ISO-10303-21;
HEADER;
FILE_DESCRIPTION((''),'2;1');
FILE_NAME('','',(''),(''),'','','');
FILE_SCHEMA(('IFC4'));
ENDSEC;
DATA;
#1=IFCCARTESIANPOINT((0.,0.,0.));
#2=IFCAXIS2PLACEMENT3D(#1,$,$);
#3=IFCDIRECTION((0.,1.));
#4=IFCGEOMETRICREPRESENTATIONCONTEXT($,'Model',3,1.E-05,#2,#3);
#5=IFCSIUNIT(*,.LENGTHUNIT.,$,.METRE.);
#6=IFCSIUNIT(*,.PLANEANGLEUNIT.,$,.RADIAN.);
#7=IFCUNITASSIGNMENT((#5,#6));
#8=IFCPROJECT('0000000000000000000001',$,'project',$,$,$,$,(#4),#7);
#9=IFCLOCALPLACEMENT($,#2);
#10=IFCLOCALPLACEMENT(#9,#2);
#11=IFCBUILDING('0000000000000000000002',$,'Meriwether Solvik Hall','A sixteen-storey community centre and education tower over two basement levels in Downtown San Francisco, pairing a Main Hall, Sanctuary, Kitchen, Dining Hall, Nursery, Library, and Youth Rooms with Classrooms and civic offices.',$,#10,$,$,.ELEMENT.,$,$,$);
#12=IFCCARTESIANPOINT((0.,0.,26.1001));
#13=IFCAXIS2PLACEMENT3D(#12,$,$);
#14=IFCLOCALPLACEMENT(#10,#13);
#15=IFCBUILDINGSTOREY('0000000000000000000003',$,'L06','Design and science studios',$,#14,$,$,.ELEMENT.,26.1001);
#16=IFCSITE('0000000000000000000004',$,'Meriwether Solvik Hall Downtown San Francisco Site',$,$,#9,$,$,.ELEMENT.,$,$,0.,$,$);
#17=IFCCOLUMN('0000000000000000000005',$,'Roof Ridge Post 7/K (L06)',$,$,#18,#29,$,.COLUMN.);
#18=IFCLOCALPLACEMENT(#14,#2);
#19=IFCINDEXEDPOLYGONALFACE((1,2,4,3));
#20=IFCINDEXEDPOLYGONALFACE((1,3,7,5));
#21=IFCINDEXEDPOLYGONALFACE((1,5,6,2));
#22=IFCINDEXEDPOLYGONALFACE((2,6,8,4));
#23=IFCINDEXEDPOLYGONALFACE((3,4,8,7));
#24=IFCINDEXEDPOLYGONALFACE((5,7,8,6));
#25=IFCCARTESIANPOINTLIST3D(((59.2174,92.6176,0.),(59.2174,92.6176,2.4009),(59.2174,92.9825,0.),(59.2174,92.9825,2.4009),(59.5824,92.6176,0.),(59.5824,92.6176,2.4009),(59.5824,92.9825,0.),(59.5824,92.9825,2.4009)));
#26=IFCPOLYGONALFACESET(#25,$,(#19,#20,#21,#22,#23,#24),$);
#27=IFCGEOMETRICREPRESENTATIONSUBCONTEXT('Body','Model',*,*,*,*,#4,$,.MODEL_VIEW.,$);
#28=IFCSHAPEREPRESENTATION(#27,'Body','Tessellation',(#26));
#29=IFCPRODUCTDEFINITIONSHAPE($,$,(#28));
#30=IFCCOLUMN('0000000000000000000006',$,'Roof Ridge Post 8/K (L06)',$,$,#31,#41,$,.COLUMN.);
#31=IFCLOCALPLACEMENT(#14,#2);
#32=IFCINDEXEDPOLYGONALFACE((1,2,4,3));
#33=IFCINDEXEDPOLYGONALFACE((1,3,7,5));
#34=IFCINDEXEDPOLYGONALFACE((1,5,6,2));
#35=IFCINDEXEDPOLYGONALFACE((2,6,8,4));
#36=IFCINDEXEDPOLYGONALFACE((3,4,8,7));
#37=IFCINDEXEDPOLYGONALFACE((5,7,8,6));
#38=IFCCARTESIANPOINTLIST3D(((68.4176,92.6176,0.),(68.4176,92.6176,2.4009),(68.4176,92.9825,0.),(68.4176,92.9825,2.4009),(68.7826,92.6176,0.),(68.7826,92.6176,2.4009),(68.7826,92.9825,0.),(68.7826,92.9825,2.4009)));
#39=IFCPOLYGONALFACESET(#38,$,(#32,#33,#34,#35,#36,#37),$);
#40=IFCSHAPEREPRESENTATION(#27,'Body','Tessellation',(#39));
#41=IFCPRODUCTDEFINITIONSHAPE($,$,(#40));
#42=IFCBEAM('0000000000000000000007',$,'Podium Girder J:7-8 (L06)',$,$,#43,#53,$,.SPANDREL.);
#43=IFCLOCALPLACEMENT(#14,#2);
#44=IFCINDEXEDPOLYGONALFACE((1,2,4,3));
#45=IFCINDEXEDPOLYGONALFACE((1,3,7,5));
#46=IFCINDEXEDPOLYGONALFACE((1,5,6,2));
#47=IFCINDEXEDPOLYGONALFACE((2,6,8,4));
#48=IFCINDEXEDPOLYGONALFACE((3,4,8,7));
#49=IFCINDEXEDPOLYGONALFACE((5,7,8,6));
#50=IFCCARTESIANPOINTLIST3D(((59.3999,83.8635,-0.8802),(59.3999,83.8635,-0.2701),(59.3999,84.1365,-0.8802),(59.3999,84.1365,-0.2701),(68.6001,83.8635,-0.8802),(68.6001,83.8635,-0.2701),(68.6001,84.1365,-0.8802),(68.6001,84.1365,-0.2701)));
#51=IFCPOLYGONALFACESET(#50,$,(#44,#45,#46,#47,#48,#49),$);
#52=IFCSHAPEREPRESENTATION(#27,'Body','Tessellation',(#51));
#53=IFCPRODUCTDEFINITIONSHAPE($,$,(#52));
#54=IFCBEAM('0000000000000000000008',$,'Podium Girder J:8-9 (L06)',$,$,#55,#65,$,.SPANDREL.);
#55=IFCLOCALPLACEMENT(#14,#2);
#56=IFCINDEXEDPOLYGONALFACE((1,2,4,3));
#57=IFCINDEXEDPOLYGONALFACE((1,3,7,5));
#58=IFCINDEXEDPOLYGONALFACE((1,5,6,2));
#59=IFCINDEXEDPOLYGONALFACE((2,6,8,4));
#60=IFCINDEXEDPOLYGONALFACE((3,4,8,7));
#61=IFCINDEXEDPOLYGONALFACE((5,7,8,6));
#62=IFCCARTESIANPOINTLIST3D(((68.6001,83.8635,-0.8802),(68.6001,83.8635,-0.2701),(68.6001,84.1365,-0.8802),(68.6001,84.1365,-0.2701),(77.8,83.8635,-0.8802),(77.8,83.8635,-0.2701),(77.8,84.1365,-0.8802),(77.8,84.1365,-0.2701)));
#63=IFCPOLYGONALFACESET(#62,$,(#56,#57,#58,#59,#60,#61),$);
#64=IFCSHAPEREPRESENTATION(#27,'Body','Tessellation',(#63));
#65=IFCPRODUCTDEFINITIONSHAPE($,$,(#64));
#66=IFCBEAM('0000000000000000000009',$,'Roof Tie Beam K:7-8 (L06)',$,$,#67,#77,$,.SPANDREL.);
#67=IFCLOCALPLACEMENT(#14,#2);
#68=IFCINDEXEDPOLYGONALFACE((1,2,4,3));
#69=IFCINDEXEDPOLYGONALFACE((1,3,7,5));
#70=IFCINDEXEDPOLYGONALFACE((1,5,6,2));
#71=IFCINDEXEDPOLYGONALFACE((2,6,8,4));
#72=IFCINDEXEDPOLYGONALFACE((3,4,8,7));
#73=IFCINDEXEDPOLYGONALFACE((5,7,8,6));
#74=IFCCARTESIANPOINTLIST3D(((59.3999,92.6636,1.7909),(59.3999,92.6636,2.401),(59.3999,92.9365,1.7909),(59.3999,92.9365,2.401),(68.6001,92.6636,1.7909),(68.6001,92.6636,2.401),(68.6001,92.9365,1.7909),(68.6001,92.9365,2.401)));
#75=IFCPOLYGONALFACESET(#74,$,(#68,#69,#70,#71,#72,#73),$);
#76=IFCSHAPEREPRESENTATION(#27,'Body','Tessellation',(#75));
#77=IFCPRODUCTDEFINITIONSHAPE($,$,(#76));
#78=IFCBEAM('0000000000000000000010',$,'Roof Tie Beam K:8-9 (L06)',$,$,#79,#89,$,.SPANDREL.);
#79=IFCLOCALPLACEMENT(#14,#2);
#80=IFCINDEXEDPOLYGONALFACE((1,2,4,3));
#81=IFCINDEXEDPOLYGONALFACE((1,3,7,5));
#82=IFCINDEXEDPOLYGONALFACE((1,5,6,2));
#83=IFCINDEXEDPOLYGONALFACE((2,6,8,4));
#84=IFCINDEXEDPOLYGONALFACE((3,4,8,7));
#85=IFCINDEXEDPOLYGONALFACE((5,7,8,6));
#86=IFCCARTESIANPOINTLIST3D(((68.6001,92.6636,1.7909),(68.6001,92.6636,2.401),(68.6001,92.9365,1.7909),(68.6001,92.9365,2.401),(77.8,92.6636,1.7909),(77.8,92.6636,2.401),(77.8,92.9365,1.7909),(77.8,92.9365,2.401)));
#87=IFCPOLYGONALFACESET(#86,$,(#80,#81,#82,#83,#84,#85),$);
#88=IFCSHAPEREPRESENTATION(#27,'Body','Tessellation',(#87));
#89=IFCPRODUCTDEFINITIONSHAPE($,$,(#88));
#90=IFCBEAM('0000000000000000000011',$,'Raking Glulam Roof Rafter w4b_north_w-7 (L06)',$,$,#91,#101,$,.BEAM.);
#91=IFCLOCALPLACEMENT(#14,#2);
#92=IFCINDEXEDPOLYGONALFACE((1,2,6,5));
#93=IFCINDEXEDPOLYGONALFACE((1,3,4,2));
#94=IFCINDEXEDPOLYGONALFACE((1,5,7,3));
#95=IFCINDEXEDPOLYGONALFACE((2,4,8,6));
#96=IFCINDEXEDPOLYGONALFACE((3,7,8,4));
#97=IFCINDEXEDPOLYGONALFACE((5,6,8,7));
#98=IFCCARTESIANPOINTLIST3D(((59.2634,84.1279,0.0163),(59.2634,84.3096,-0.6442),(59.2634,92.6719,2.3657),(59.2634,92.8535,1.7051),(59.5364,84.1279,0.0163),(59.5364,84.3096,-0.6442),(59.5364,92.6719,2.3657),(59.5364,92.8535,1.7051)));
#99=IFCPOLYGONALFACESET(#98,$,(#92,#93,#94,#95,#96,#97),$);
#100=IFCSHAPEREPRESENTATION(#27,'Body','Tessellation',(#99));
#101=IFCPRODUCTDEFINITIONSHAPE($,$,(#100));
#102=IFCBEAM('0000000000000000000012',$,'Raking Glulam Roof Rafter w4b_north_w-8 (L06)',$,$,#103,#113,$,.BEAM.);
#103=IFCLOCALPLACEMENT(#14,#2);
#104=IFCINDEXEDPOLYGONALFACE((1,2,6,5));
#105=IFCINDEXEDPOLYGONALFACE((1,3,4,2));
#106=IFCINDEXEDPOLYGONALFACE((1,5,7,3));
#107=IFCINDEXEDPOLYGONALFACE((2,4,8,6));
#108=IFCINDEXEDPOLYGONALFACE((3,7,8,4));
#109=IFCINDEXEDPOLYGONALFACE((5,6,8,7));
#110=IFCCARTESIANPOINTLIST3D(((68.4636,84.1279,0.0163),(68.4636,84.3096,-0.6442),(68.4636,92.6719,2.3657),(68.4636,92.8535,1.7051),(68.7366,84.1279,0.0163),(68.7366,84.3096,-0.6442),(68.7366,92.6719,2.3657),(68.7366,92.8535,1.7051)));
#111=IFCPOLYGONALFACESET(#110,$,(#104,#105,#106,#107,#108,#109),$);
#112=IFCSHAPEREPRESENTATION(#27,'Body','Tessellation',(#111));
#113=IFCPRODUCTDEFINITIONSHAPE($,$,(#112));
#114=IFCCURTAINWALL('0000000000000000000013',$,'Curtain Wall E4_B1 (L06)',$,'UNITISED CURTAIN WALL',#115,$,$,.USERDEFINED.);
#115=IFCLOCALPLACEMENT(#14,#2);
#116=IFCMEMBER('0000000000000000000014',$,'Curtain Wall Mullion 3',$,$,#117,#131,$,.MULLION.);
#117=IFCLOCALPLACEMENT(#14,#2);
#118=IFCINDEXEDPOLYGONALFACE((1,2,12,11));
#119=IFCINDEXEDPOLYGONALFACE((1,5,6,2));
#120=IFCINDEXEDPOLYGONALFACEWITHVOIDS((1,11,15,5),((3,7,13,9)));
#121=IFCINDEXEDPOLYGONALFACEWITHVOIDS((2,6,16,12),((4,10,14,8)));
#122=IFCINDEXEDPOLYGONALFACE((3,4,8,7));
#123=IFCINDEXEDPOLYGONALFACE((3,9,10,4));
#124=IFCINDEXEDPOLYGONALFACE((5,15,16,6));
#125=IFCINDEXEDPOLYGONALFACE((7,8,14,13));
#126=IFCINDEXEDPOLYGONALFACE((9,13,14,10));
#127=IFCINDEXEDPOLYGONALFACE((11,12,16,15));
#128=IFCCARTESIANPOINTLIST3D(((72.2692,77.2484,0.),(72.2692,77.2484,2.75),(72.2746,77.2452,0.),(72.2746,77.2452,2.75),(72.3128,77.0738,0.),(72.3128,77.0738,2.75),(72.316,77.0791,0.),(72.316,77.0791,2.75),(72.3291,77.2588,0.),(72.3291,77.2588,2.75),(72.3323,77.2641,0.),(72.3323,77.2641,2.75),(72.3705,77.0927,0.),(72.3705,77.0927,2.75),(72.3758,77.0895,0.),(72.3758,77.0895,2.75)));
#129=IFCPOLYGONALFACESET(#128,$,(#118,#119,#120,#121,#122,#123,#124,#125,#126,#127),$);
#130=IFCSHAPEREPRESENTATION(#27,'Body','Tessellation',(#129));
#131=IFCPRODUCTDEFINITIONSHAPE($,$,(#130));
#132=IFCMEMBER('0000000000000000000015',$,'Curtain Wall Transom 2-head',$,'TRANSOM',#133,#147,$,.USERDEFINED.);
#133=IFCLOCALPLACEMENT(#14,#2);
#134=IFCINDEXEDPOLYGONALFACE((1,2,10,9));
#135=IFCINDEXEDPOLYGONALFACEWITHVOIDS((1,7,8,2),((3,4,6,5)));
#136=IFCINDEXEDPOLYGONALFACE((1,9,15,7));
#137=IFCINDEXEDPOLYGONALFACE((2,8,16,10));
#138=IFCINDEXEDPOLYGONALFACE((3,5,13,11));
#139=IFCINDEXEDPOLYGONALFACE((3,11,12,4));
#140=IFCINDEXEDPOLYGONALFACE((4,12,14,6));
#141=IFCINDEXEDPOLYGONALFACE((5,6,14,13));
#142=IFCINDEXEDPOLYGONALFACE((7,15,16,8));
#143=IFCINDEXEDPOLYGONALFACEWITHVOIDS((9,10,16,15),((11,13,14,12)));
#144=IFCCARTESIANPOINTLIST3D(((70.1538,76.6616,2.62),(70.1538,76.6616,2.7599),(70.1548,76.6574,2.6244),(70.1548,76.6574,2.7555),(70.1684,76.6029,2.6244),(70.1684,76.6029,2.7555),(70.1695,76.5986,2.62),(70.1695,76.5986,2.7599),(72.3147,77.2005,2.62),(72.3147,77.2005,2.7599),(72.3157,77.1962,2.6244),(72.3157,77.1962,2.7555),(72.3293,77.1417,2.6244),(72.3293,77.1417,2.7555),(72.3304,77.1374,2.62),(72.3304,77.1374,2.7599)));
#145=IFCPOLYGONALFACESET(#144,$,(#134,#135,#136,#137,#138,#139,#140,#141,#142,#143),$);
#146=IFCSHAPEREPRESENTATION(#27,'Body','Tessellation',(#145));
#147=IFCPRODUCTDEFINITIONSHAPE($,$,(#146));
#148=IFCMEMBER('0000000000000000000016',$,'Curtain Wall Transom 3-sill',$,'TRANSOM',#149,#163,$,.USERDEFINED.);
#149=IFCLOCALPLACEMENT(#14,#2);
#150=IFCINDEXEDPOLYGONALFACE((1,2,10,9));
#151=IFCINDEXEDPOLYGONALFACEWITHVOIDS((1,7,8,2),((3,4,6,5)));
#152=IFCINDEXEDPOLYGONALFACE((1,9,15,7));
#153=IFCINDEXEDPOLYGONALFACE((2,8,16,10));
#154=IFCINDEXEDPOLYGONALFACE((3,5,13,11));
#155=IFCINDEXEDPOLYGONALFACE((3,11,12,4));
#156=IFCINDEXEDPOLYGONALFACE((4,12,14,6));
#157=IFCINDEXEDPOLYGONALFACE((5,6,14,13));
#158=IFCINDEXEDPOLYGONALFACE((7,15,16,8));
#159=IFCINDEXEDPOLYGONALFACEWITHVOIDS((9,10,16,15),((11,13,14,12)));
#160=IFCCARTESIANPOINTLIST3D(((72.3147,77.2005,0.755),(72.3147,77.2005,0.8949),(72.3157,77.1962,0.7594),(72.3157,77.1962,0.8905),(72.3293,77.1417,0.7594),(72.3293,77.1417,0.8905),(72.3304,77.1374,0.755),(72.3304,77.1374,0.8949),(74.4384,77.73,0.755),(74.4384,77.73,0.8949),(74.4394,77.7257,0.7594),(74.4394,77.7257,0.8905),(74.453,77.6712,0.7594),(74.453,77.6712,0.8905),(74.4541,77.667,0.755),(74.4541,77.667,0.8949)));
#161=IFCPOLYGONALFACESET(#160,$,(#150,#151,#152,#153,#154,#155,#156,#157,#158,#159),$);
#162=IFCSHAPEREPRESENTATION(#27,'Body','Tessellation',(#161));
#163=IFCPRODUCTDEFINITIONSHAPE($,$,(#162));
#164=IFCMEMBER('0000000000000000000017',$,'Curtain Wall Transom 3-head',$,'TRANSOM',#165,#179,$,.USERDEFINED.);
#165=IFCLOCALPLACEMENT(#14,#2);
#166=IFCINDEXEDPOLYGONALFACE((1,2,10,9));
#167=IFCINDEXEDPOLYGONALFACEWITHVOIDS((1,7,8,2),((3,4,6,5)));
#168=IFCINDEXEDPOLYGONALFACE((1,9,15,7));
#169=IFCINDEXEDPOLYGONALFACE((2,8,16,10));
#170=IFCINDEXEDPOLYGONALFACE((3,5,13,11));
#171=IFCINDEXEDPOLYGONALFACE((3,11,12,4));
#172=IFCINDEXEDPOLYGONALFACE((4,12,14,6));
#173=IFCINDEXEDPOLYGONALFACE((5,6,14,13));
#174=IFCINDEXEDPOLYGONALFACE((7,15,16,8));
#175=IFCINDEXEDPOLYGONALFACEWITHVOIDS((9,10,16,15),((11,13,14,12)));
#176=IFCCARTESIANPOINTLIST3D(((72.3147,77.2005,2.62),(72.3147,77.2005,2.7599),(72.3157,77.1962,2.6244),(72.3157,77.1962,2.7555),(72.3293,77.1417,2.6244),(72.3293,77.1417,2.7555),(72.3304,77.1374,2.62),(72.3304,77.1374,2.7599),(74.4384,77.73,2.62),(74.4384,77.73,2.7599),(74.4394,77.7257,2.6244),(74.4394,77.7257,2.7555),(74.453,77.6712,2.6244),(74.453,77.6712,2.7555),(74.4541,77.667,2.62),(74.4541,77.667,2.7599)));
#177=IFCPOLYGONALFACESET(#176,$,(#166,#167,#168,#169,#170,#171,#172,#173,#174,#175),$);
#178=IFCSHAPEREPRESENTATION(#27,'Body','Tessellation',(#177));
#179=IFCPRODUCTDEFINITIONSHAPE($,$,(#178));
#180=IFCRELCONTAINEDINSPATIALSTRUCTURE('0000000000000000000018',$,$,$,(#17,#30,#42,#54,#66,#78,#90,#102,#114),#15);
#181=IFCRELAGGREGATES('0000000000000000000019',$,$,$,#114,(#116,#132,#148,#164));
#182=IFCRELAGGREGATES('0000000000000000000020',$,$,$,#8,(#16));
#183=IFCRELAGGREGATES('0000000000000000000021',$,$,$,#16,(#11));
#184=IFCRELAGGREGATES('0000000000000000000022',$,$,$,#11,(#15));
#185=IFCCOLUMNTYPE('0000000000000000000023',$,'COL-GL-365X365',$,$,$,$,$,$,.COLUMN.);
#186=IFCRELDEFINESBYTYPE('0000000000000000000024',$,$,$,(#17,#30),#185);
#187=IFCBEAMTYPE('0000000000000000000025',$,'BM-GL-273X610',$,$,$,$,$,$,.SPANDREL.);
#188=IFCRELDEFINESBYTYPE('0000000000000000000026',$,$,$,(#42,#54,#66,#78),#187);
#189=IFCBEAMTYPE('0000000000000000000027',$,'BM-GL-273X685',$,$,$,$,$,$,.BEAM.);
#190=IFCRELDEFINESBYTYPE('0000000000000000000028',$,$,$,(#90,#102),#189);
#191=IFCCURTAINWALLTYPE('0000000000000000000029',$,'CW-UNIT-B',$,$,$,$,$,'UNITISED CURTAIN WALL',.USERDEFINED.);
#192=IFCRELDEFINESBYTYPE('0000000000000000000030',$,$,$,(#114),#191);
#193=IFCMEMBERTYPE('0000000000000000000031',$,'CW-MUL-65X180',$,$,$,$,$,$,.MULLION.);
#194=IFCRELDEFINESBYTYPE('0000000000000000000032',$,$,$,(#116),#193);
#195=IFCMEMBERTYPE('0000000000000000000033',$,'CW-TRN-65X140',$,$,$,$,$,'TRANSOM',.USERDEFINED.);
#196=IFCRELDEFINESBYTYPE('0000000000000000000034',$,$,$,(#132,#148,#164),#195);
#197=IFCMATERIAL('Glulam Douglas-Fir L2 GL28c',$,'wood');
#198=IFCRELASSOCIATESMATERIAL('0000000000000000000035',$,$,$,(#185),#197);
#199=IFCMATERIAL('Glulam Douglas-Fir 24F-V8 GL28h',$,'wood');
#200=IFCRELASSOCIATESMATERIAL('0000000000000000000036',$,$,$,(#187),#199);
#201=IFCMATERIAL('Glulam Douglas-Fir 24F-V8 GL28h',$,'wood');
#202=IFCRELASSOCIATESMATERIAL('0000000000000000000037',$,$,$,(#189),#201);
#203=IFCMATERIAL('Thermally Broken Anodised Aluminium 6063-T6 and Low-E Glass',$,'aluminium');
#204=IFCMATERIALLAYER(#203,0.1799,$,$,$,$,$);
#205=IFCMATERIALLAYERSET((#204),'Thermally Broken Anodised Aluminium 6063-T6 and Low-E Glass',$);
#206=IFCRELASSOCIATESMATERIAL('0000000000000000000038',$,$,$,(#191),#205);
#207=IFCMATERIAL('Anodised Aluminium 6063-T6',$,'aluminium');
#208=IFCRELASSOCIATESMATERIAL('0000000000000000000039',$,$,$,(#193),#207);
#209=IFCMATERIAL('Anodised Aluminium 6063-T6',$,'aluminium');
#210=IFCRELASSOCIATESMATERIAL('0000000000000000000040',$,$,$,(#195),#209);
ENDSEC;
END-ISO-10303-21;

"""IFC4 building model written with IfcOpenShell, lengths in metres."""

from ifc_helpers import new_model, si_unit, direction, frame, origin, origin_2d, place, context, subcontext, project, spatial, rectangle, hollow_rectangle, extrude, material, layer, layer_set, material_profile, profile_set, type_object, element, aggregate, save


model = new_model("IFC4")

# Units and contexts
model_context = context("Model", 3, precision=1e-05, world=origin(), true_north=direction((0.0, 1.0)))
body_context = subcontext(model_context, "Body", "Model", "MODEL_VIEW")
ifc_project = project(units=[si_unit("LENGTHUNIT", "METRE"), si_unit("PLANEANGLEUNIT", "RADIAN")], contexts=[model_context])

# Site, building, storey
site_placement = place(None, origin())
site = spatial("IfcSite", under=ifc_project, at=site_placement, Name="Meriwether Solvik Hall Downtown San Francisco Site", CompositionType="ELEMENT", RefElevation=0.0)
building_placement = place(site_placement, origin())
building = spatial("IfcBuilding", under=site, at=building_placement, Name="Meriwether Solvik Hall", Description="A sixteen-storey community centre and education tower over two basement levels in Downtown San Francisco, pairing a Main Hall, Sanctuary, Kitchen, Dining Hall, Nursery, Library, and Youth Rooms with Classrooms and civic offices.", CompositionType="ELEMENT")
storey_placement = place(building_placement, frame((0.0, 0.0, 26.1001)))
storey = spatial("IfcBuildingStorey", under=building, at=storey_placement, Name="L06", Description="Design and science studios", CompositionType="ELEMENT", Elevation=26.1001)

# Columns
ifc_material_1 = material(Name="Glulam Douglas-Fir L2 GL28c", Category="wood")
ifc_material_profile_1 = material_profile(ifc_material_1, rectangle(XDim=0.365, YDim=0.365, at=origin_2d()), Name="GLC-365X365")
ifc_profile_set_1 = profile_set([ifc_material_profile_1], Name="Glulam Douglas-Fir L2 GL28c")
column_type = type_object("IfcColumnType", Name="COL-GL-365X365", PredefinedType="COLUMN", material=ifc_profile_set_1)
for number, where, z_axis, x_axis, name in (
    (1, (59.3999, 92.8, 0.0), (0.0, 0.0, 1.0), (1.0, 0.0, 0.0), "Roof Ridge Post 7/K (L06)"),
    (2, (68.6001, 92.8, 0.0), (0.0, 0.0, 1.0), (1.0, 0.0, 0.0), "Roof Ridge Post 8/K (L06)"),
):
    element("IfcColumn", number, at=place(storey_placement, frame(where, z_axis=z_axis, x_axis=x_axis)), inside=storey, type_object=column_type, Name=name, PredefinedType="COLUMN", context=body_context, shape_type="SweptSolid", body=[
        extrude(rectangle(XDim=0.365, YDim=0.365, at=origin_2d()), origin(), (0.0, 0.0, 1.0), 2.4009),
    ])

# Beams
ifc_material_2 = material(Name="Glulam Douglas-Fir 24F-V8 GL28h", Category="wood")
ifc_material_profile_2 = material_profile(ifc_material_2, rectangle(XDim=0.2729, YDim=0.6101, at=origin_2d()), Name="GLB-273X610")
ifc_profile_set_2 = profile_set([ifc_material_profile_2], Name="Glulam Douglas-Fir 24F-V8 GL28h")
beam_type_1 = type_object("IfcBeamType", Name="BM-GL-273X610", PredefinedType="SPANDREL", material=ifc_profile_set_2)
beam_1_placement = place(storey_placement, frame((59.3999, 84.0, -0.5752), z_axis=(1.0, 0.0, 0.0), x_axis=(0.0, 1.0, 0.0)))
element("IfcBeam", 3, at=beam_1_placement, inside=storey, type_object=beam_type_1, Name="Podium Girder J:7-8 (L06)", PredefinedType="SPANDREL", context=body_context, shape_type="SweptSolid", body=[
    extrude(rectangle(XDim=0.2729, YDim=0.6101, at=origin_2d()), origin(), (0.0, 0.0, 1.0), 9.2002),
])
beam_2_placement = place(storey_placement, frame((68.6001, 84.0, -0.5752), z_axis=(1.0, 0.0, 0.0), x_axis=(0.0, 1.0, 0.0)))
element("IfcBeam", 4, at=beam_2_placement, inside=storey, type_object=beam_type_1, Name="Podium Girder J:8-9 (L06)", PredefinedType="SPANDREL", context=body_context, shape_type="SweptSolid", body=[
    extrude(rectangle(XDim=0.2729, YDim=0.6101, at=origin_2d()), origin(), (0.0, 0.0, 1.0), 9.2),
])
beam_3_placement = place(storey_placement, frame((59.3999, 92.8, 2.0959), z_axis=(1.0, 0.0, 0.0), x_axis=(0.0, 1.0, 0.0)))
element("IfcBeam", 5, at=beam_3_placement, inside=storey, type_object=beam_type_1, Name="Roof Tie Beam K:7-8 (L06)", PredefinedType="SPANDREL", context=body_context, shape_type="SweptSolid", body=[
    extrude(rectangle(XDim=0.2729, YDim=0.6101, at=origin_2d()), origin(), (0.0, 0.0, 1.0), 9.2002),
])
beam_4_placement = place(storey_placement, frame((68.6001, 92.8, 2.0959), z_axis=(1.0, 0.0, 0.0), x_axis=(0.0, 1.0, 0.0)))
element("IfcBeam", 6, at=beam_4_placement, inside=storey, type_object=beam_type_1, Name="Roof Tie Beam K:8-9 (L06)", PredefinedType="SPANDREL", context=body_context, shape_type="SweptSolid", body=[
    extrude(rectangle(XDim=0.2729, YDim=0.6101, at=origin_2d()), origin(), (0.0, 0.0, 1.0), 9.2),
])
ifc_material_3 = material(Name="Glulam Douglas-Fir 24F-V8 GL28h", Category="wood")
ifc_material_profile_3 = material_profile(ifc_material_3, rectangle(XDim=0.2729, YDim=0.6851, at=origin_2d()), Name="GLB-273X685")
ifc_profile_set_3 = profile_set([ifc_material_profile_3], Name="Glulam Douglas-Fir 24F-V8 GL28h")
beam_type_2 = type_object("IfcBeamType", Name="BM-GL-273X685", PredefinedType="BEAM", material=ifc_profile_set_3)
for number, where, z_axis, x_axis, name in (
    (7, (59.3999, 84.2188, -0.314), (0.0, 0.964212, 0.265133), (-1.0, 0.0, 0.0), "Raking Glulam Roof Rafter w4b_north_w-7 (L06)"),
    (8, (68.6001, 84.2188, -0.314), (0.0, 0.964212, 0.265133), (-1.0, 0.0, 0.0), "Raking Glulam Roof Rafter w4b_north_w-8 (L06)"),
):
    element("IfcBeam", number, at=place(storey_placement, frame(where, z_axis=z_axis, x_axis=x_axis)), inside=storey, type_object=beam_type_2, Name=name, PredefinedType="BEAM", context=body_context, shape_type="SweptSolid", body=[
        extrude(rectangle(XDim=0.2729, YDim=0.6851, at=origin_2d()), origin(), (0.0, 0.0, 1.0), 8.8611),
    ])

# Curtain wall, members
ifc_material_4 = material(Name="Thermally Broken Anodised Aluminium 6063-T6 and Low-E Glass", Category="aluminium")
ifc_layer_1 = layer(ifc_material_4, 0.1799)
ifc_layer_set_1 = layer_set([ifc_layer_1], Name="Thermally Broken Anodised Aluminium 6063-T6 and Low-E Glass")
curtain_wall_type = type_object("IfcCurtainWallType", Name="CW-UNIT-B", ElementType="UNITISED CURTAIN WALL", PredefinedType="USERDEFINED", material=ifc_layer_set_1)
curtain_wall_placement = place(storey_placement, origin())
curtain_wall = element("IfcCurtainWall", 9, at=curtain_wall_placement, inside=storey, type_object=curtain_wall_type, Name="Curtain Wall E4_B1 (L06)", ObjectType="UNITISED CURTAIN WALL", PredefinedType="USERDEFINED")
ifc_material_5 = material(Name="Anodised Aluminium 6063-T6", Category="aluminium")
ifc_material_profile_4 = material_profile(ifc_material_5, hollow_rectangle(XDim=0.0649, YDim=0.1799, WallThickness=0.0044, at=origin_2d()), Name="CWM-65X180")
ifc_profile_set_4 = profile_set([ifc_material_profile_4], Name="Anodised Aluminium 6063-T6")
member_type_1 = type_object("IfcMemberType", Name="CW-MUL-65X180", PredefinedType="MULLION", material=ifc_profile_set_4)
member_1_placement = place(storey_placement, frame((72.3225, 77.1689, 0.0), z_axis=(0.0, 0.0, 1.0), x_axis=(0.970296, 0.241922, 0.0)))
member_1 = element("IfcMember", 10, at=member_1_placement, type_object=member_type_1, Name="Curtain Wall Mullion 3", PredefinedType="MULLION", context=body_context, shape_type="SweptSolid", body=[
    extrude(hollow_rectangle(XDim=0.0649, YDim=0.1799, WallThickness=0.0044, at=origin_2d()), origin(), (0.0, 0.0, 1.0), 2.75),
])
ifc_material_6 = material(Name="Anodised Aluminium 6063-T6", Category="aluminium")
ifc_material_profile_5 = material_profile(ifc_material_6, hollow_rectangle(XDim=0.0649, YDim=0.1399, WallThickness=0.0044, at=origin_2d()), Name="CWT-65X140")
ifc_profile_set_5 = profile_set([ifc_material_profile_5], Name="Anodised Aluminium 6063-T6")
member_type_2 = type_object("IfcMemberType", Name="CW-TRN-65X140", ElementType="TRANSOM", PredefinedType="USERDEFINED", material=ifc_profile_set_5)
member_2_placement = place(storey_placement, frame((70.1616, 76.6301, 2.6899), z_axis=(0.970291, 0.241942, 0.0), x_axis=(-0.241942, 0.970291, 0.0)))
member_2 = element("IfcMember", 11, at=member_2_placement, type_object=member_type_2, Name="Curtain Wall Transom 2-head", ObjectType="TRANSOM", PredefinedType="USERDEFINED", context=body_context, shape_type="SweptSolid", body=[
    extrude(hollow_rectangle(XDim=0.0649, YDim=0.1399, WallThickness=0.0044, at=origin_2d()), origin(), (0.0, 0.0, 1.0), 2.2271),
])
member_3_placement = place(storey_placement, frame((72.3225, 77.1689, 0.825), z_axis=(0.970293, 0.241932, 0.0), x_axis=(-0.241932, 0.970293, 0.0)))
member_3 = element("IfcMember", 12, at=member_3_placement, type_object=member_type_2, Name="Curtain Wall Transom 3-sill", ObjectType="TRANSOM", PredefinedType="USERDEFINED", context=body_context, shape_type="SweptSolid", body=[
    extrude(hollow_rectangle(XDim=0.0649, YDim=0.1399, WallThickness=0.0044, at=origin_2d()), origin(), (0.0, 0.0, 1.0), 2.1887),
])
member_4_placement = place(storey_placement, frame((72.3225, 77.1689, 2.6899), z_axis=(0.970293, 0.241932, 0.0), x_axis=(-0.241932, 0.970293, 0.0)))
member_4 = element("IfcMember", 13, at=member_4_placement, type_object=member_type_2, Name="Curtain Wall Transom 3-head", ObjectType="TRANSOM", PredefinedType="USERDEFINED", context=body_context, shape_type="SweptSolid", body=[
    extrude(hollow_rectangle(XDim=0.0649, YDim=0.1399, WallThickness=0.0044, at=origin_2d()), origin(), (0.0, 0.0, 1.0), 2.1887),
])

aggregate(curtain_wall, [member_1, member_2, member_3, member_4])

save(model, "model.ifc")
